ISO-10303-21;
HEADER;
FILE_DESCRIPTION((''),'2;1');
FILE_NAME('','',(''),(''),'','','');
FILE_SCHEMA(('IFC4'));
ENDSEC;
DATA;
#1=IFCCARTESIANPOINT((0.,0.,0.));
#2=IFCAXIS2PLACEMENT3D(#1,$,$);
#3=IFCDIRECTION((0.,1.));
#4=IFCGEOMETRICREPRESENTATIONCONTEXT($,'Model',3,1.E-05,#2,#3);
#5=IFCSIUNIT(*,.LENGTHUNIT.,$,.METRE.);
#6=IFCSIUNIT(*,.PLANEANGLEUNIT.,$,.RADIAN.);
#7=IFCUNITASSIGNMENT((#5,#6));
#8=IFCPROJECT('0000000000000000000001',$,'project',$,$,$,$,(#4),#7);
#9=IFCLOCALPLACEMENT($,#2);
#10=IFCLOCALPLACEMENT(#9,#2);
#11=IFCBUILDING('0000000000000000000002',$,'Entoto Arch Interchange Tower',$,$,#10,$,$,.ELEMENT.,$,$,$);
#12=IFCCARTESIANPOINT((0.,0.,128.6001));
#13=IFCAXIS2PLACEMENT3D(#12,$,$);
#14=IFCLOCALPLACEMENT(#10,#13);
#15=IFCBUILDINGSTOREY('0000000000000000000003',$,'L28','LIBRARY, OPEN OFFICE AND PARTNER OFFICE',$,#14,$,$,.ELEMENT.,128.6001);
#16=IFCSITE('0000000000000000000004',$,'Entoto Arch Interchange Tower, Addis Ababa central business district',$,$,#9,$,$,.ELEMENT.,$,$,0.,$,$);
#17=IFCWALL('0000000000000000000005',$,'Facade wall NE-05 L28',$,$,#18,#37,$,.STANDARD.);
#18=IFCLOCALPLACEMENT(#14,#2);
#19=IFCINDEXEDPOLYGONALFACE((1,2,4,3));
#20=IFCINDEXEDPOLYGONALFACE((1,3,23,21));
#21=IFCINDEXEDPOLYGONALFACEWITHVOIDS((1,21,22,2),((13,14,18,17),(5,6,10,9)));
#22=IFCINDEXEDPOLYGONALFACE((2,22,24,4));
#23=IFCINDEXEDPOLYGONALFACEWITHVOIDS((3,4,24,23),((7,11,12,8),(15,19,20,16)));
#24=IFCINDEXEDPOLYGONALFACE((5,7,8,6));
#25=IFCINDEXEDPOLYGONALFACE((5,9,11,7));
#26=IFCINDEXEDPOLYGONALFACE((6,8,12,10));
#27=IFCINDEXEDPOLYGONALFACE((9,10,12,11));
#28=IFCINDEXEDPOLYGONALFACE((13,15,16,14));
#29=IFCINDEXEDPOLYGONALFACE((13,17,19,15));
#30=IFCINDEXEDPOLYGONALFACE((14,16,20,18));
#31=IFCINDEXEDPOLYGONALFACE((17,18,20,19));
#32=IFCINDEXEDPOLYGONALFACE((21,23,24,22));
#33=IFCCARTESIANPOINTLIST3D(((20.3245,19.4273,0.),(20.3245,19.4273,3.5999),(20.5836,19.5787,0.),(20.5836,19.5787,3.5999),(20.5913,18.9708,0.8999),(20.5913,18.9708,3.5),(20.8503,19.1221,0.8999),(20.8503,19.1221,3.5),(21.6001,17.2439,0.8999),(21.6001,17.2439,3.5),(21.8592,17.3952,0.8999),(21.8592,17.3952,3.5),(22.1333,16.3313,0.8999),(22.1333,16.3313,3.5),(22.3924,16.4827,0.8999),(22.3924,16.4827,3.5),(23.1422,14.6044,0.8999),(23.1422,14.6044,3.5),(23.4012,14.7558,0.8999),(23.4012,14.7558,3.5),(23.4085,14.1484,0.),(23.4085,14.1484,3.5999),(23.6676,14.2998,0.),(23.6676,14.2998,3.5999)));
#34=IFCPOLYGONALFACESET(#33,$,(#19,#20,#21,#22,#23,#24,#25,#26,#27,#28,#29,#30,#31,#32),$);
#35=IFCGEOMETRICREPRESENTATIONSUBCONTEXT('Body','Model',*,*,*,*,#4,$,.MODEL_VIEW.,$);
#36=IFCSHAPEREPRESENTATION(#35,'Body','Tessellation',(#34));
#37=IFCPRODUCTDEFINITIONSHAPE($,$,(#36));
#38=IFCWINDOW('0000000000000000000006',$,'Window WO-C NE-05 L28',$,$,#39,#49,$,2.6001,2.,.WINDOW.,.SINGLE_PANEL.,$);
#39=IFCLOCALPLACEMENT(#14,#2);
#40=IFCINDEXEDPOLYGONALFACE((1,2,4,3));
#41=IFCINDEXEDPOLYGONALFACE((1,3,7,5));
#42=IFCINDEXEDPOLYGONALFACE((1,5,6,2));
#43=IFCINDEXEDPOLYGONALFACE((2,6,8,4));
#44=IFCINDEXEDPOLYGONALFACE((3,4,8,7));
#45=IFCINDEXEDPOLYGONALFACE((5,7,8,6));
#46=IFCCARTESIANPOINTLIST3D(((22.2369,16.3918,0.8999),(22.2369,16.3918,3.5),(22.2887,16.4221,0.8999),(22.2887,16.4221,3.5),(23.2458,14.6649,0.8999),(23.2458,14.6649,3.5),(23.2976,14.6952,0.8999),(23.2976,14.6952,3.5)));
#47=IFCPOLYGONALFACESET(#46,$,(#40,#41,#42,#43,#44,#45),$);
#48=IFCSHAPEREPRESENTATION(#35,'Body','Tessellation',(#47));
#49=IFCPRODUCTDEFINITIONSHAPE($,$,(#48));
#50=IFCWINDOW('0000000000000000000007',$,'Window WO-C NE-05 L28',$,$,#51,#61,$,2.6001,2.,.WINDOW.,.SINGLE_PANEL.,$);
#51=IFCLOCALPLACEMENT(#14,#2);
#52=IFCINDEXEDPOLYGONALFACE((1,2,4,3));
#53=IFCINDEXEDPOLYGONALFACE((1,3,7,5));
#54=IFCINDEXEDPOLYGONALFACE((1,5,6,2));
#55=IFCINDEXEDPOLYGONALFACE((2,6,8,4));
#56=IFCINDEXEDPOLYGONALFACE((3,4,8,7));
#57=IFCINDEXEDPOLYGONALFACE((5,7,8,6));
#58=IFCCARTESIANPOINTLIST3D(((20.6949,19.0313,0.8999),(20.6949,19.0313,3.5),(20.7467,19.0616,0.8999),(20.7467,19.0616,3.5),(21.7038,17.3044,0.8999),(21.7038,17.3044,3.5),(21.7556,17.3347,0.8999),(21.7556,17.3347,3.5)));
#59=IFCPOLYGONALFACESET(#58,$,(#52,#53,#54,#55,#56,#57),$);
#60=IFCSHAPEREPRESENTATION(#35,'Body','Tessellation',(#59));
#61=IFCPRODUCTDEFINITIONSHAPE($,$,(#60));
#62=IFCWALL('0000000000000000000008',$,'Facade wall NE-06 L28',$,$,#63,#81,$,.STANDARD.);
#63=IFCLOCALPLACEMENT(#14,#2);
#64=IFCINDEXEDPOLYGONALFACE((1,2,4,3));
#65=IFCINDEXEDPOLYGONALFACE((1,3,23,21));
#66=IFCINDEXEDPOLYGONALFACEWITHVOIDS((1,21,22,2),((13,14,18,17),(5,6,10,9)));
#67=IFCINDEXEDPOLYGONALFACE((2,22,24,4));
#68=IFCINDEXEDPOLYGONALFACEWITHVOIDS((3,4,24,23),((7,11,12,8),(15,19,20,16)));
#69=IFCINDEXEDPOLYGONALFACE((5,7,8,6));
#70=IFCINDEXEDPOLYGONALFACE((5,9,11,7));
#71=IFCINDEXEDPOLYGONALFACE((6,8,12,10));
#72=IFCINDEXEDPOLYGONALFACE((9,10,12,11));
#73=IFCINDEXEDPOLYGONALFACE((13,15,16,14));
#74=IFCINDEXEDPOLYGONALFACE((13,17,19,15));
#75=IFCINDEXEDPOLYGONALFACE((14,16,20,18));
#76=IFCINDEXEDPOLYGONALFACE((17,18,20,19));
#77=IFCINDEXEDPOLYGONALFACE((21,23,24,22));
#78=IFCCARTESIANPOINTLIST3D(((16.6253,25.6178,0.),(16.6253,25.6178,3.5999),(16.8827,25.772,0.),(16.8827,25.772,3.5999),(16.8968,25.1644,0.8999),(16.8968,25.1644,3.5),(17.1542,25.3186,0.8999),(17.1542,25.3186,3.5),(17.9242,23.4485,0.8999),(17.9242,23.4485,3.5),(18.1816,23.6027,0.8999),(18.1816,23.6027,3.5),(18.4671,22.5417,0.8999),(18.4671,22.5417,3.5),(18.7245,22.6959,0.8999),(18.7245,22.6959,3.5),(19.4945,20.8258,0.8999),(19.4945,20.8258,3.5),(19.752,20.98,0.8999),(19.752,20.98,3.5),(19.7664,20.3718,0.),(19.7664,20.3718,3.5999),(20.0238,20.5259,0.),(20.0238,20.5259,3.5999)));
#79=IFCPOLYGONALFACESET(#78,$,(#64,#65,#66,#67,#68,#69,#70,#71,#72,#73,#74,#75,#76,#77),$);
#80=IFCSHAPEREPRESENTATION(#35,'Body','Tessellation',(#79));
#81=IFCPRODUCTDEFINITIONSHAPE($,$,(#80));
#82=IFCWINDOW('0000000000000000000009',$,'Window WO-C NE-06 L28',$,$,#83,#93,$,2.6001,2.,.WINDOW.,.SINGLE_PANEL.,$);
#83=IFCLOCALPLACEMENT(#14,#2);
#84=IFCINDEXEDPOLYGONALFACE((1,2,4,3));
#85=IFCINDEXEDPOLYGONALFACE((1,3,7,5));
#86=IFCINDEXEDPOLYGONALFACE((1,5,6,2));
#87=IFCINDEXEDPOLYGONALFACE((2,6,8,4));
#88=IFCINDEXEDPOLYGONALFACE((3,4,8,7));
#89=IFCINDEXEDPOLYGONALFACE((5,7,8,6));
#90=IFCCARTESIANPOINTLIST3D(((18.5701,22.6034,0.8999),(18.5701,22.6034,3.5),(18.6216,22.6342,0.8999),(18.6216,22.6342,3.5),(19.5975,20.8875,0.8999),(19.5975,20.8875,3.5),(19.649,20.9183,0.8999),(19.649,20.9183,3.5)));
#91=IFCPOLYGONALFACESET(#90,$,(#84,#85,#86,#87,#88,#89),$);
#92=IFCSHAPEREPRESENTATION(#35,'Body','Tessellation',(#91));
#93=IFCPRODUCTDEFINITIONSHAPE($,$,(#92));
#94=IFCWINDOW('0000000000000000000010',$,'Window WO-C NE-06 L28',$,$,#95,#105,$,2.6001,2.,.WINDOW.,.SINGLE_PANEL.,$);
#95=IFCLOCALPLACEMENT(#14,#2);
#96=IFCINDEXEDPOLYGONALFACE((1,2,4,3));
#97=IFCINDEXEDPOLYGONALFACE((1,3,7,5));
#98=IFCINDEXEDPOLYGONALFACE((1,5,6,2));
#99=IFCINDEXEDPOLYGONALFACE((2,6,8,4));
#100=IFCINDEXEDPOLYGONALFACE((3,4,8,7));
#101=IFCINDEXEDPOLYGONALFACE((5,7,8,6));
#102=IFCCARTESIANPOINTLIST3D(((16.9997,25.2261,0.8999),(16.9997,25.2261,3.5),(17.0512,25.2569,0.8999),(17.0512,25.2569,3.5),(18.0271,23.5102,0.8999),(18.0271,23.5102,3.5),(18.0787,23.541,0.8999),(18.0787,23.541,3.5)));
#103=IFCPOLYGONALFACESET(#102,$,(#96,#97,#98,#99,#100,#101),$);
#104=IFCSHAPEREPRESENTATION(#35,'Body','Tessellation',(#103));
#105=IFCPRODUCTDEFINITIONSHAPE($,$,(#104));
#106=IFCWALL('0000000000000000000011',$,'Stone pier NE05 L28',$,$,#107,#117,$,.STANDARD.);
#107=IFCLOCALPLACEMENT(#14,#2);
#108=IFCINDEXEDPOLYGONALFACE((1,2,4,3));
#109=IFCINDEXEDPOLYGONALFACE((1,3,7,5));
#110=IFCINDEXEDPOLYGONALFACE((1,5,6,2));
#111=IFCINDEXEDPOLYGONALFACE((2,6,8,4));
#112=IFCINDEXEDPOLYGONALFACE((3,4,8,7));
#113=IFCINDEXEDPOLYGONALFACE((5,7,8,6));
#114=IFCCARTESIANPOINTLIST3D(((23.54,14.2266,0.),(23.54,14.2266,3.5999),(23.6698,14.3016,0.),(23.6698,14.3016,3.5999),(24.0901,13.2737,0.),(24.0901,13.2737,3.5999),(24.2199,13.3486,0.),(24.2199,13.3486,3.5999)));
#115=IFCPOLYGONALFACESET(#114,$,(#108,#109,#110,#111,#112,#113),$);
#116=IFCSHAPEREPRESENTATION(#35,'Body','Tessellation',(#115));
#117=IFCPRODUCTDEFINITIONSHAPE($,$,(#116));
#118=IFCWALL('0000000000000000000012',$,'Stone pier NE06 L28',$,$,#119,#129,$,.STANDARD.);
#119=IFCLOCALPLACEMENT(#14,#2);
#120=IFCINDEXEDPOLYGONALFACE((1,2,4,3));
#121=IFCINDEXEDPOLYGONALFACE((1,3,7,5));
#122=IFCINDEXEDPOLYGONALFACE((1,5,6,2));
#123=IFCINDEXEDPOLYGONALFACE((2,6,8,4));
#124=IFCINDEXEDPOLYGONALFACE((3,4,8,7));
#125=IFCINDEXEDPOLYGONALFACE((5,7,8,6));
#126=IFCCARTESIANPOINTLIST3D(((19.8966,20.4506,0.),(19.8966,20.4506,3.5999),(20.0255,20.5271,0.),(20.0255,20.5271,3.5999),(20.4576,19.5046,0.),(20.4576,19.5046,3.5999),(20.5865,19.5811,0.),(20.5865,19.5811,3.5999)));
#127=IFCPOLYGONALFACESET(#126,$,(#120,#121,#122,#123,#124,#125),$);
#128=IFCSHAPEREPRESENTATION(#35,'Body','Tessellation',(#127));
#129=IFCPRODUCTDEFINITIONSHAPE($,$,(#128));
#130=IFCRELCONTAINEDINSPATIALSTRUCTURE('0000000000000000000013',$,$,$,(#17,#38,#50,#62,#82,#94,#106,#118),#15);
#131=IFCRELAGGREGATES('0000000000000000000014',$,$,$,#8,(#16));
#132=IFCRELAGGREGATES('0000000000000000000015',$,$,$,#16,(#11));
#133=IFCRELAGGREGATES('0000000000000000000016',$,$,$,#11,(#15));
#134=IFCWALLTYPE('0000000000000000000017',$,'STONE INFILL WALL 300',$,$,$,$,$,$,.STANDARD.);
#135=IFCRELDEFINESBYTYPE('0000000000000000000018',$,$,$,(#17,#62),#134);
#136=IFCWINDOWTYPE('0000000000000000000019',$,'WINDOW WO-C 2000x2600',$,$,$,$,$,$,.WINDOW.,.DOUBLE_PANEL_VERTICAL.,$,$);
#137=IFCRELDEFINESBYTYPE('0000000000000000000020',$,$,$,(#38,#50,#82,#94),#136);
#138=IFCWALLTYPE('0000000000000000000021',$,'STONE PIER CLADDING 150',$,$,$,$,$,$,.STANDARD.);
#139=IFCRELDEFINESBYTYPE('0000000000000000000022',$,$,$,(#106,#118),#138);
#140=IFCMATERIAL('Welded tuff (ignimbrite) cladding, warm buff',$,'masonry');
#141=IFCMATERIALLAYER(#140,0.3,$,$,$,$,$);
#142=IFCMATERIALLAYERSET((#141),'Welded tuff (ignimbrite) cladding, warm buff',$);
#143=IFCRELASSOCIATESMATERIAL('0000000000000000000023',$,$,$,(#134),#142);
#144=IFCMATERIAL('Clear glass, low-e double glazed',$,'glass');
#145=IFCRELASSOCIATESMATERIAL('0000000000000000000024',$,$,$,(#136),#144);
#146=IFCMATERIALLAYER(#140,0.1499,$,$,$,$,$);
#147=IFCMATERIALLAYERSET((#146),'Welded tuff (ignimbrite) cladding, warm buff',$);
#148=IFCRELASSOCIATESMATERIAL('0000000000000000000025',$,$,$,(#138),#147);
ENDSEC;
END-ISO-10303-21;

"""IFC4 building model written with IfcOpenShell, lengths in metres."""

from ifc_helpers import new_model, si_unit, direction, frame, frame_2d, origin, place, context, subcontext, project, spatial, rectangle, extrude, material, layer, layer_set, type_object, element, fill, save


model = new_model("IFC4")

# Units and contexts
model_context = context("Model", 3, precision=1e-05, world=origin(), true_north=direction((0.0, 1.0)))
body_context = subcontext(model_context, "Body", "Model", "MODEL_VIEW")
ifc_project = project(units=[si_unit("LENGTHUNIT", "METRE"), si_unit("PLANEANGLEUNIT", "RADIAN")], contexts=[model_context])

# Site, building, storey
site_placement = place(None, origin())
site = spatial("IfcSite", under=ifc_project, at=site_placement, Name="Entoto Arch Interchange Tower, Addis Ababa central business district", CompositionType="ELEMENT", RefElevation=0.0)
building_placement = place(site_placement, origin())
building = spatial("IfcBuilding", under=site, at=building_placement, Name="Entoto Arch Interchange Tower", CompositionType="ELEMENT")
storey_placement = place(building_placement, frame((0.0, 0.0, 128.6001)))
storey = spatial("IfcBuildingStorey", under=building, at=storey_placement, Name="L28", Description="LIBRARY, OPEN OFFICE AND PARTNER OFFICE", CompositionType="ELEMENT", Elevation=128.6001)

# Walls, openings, windows
ifc_material_1 = material(Name="Welded tuff (ignimbrite) cladding, warm buff", Category="masonry")
ifc_layer_1 = layer(ifc_material_1, 0.3)
ifc_layer_set_1 = layer_set([ifc_layer_1], Name="Welded tuff (ignimbrite) cladding, warm buff")
wall_type_1 = type_object("IfcWallType", Name="STONE INFILL WALL 300", PredefinedType="STANDARD", material=ifc_layer_set_1)
wall_1_placement = place(storey_placement, frame((23.5381, 14.2241, 0.0), z_axis=(0.0, 0.0, 1.0), x_axis=(-0.504442, 0.863446, 0.0)))
wall_1 = element("IfcWall", 1, at=wall_1_placement, inside=storey, type_object=wall_type_1, Name="Facade wall NE-05 L28", PredefinedType="STANDARD", context=body_context, shape_type="SweptSolid", body=[
    extrude(rectangle(XDim=6.1138, YDim=0.3, at=frame_2d((3.0569, 0.0))), origin(), (0.0, 0.0, 1.0), 3.5999),
])
opening_1_placement = place(wall_1_placement, frame((0.5281, 0.0, 0.8999)))
opening_1 = element("IfcOpeningElement", 2, at=opening_1_placement, cuts=wall_1, PredefinedType="OPENING", context=body_context, shape_type="SweptSolid", body=[
    extrude(rectangle(XDim=2.0, YDim=2.6001, at=frame_2d((1.0, 1.3))), frame((0.0, 0.1602, 0.0), z_axis=(0.0, -1.0, 0.0), x_axis=(1.0, 0.0, 0.0)), (0.0, 0.0, 1.0), 0.3201),
])
opening_2_placement = place(wall_1_placement, frame((3.585, 0.0, 0.8999)))
opening_2 = element("IfcOpeningElement", 3, at=opening_2_placement, cuts=wall_1, PredefinedType="OPENING", context=body_context, shape_type="SweptSolid", body=[
    extrude(rectangle(XDim=2.0, YDim=2.6001, at=frame_2d((1.0, 1.3))), frame((0.0, 0.1602, 0.0), z_axis=(0.0, -1.0, 0.0), x_axis=(1.0, 0.0, 0.0)), (0.0, 0.0, 1.0), 0.3201),
])
ifc_material_2 = material(Name="Clear glass, low-e double glazed", Category="glass")
window_type = type_object("IfcWindowType", Name="WINDOW WO-C 2000x2600", PartitioningType="DOUBLE_PANEL_VERTICAL", PredefinedType="WINDOW", material=ifc_material_2)
window_1_placement = place(opening_1_placement, origin())
window_1 = element("IfcWindow", 4, at=window_1_placement, inside=storey, type_object=window_type, Name="Window WO-C NE-05 L28", OverallHeight=2.6001, OverallWidth=2.0, PartitioningType="SINGLE_PANEL", PredefinedType="WINDOW", context=body_context, shape_type="SweptSolid", body=[
    extrude(rectangle(XDim=2.0, YDim=2.6001, at=frame_2d((1.0, 1.3))), frame((0.0, 0.03, 0.0), z_axis=(0.0, -1.0, 0.0), x_axis=(1.0, 0.0, 0.0)), (0.0, 0.0, 1.0), 0.0601),
])
fill(opening_1, window_1)
window_2_placement = place(opening_2_placement, origin())
window_2 = element("IfcWindow", 5, at=window_2_placement, inside=storey, type_object=window_type, Name="Window WO-C NE-05 L28", OverallHeight=2.6001, OverallWidth=2.0, PartitioningType="SINGLE_PANEL", PredefinedType="WINDOW", context=body_context, shape_type="SweptSolid", body=[
    extrude(rectangle(XDim=2.0, YDim=2.6001, at=frame_2d((1.0, 1.3))), frame((0.0, 0.03, 0.0), z_axis=(0.0, -1.0, 0.0), x_axis=(1.0, 0.0, 0.0)), (0.0, 0.0, 1.0), 0.0601),
])
fill(opening_2, window_2)
wall_2_placement = place(storey_placement, frame((19.895, 20.449, 0.0), z_axis=(0.0, 0.0, 1.0), x_axis=(-0.513709, 0.857965, 0.0)))
wall_2 = element("IfcWall", 6, at=wall_2_placement, inside=storey, type_object=wall_type_1, Name="Facade wall NE-06 L28", PredefinedType="STANDARD", context=body_context, shape_type="SweptSolid", body=[
    extrude(rectangle(XDim=6.1145, YDim=0.3, at=frame_2d((3.0571, 0.0))), origin(), (0.0, 0.0, 1.0), 3.5999),
])
opening_3_placement = place(wall_2_placement, frame((0.5291, 0.0, 0.8999)))
opening_3 = element("IfcOpeningElement", 7, at=opening_3_placement, cuts=wall_2, PredefinedType="OPENING", context=body_context, shape_type="SweptSolid", body=[
    extrude(rectangle(XDim=2.0, YDim=2.6001, at=frame_2d((1.0, 1.3))), frame((0.0, 0.1602, 0.0), z_axis=(0.0, -1.0, 0.0), x_axis=(1.0, 0.0, 0.0)), (0.0, 0.0, 1.0), 0.3201),
])
opening_4_placement = place(wall_2_placement, frame((3.5859, 0.0, 0.8999)))
opening_4 = element("IfcOpeningElement", 8, at=opening_4_placement, cuts=wall_2, PredefinedType="OPENING", context=body_context, shape_type="SweptSolid", body=[
    extrude(rectangle(XDim=2.0, YDim=2.6001, at=frame_2d((1.0, 1.3))), frame((0.0, 0.1602, 0.0), z_axis=(0.0, -1.0, 0.0), x_axis=(1.0, 0.0, 0.0)), (0.0, 0.0, 1.0), 0.3201),
])
window_3_placement = place(opening_3_placement, origin())
window_3 = element("IfcWindow", 9, at=window_3_placement, inside=storey, type_object=window_type, Name="Window WO-C NE-06 L28", OverallHeight=2.6001, OverallWidth=2.0, PartitioningType="SINGLE_PANEL", PredefinedType="WINDOW", context=body_context, shape_type="SweptSolid", body=[
    extrude(rectangle(XDim=2.0, YDim=2.6001, at=frame_2d((1.0, 1.3))), frame((0.0, 0.03, 0.0), z_axis=(0.0, -1.0, 0.0), x_axis=(1.0, 0.0, 0.0)), (0.0, 0.0, 1.0), 0.0601),
])
fill(opening_3, window_3)
window_4_placement = place(opening_4_placement, origin())
window_4 = element("IfcWindow", 10, at=window_4_placement, inside=storey, type_object=window_type, Name="Window WO-C NE-06 L28", OverallHeight=2.6001, OverallWidth=2.0, PartitioningType="SINGLE_PANEL", PredefinedType="WINDOW", context=body_context, shape_type="SweptSolid", body=[
    extrude(rectangle(XDim=2.0, YDim=2.6001, at=frame_2d((1.0, 1.3))), frame((0.0, 0.03, 0.0), z_axis=(0.0, -1.0, 0.0), x_axis=(1.0, 0.0, 0.0)), (0.0, 0.0, 1.0), 0.0601),
])
fill(opening_4, window_4)

# Walls
ifc_layer_2 = layer(ifc_material_1, 0.1499)
ifc_layer_set_2 = layer_set([ifc_layer_2], Name="Welded tuff (ignimbrite) cladding, warm buff")
wall_type_2 = type_object("IfcWallType", Name="STONE PIER CLADDING 150", PredefinedType="STANDARD", material=ifc_layer_set_2)
wall_3_placement = place(storey_placement, frame((24.155, 13.311, 0.0), z_axis=(0.0, 0.0, 1.0), x_axis=(-0.499934, 0.866064, 0.0)))
element("IfcWall", 11, at=wall_3_placement, inside=storey, type_object=wall_type_2, Name="Stone pier NE05 L28", PredefinedType="STANDARD", context=body_context, shape_type="SweptSolid", body=[
    extrude(rectangle(XDim=1.1003, YDim=0.1499, at=frame_2d((0.5503, 0.0))), origin(), (0.0, 0.0, 1.0), 3.5999),
])
wall_4_placement = place(storey_placement, frame((20.522, 19.543, 0.0), z_axis=(0.0, 0.0, 1.0), x_axis=(-0.510082, 0.860126, 0.0)))
element("IfcWall", 12, at=wall_4_placement, inside=storey, type_object=wall_type_2, Name="Stone pier NE06 L28", PredefinedType="STANDARD", context=body_context, shape_type="SweptSolid", body=[
    extrude(rectangle(XDim=1.0999, YDim=0.1499, at=frame_2d((0.5498, 0.0))), origin(), (0.0, 0.0, 1.0), 3.5999),
])

save(model, "model.ifc")
